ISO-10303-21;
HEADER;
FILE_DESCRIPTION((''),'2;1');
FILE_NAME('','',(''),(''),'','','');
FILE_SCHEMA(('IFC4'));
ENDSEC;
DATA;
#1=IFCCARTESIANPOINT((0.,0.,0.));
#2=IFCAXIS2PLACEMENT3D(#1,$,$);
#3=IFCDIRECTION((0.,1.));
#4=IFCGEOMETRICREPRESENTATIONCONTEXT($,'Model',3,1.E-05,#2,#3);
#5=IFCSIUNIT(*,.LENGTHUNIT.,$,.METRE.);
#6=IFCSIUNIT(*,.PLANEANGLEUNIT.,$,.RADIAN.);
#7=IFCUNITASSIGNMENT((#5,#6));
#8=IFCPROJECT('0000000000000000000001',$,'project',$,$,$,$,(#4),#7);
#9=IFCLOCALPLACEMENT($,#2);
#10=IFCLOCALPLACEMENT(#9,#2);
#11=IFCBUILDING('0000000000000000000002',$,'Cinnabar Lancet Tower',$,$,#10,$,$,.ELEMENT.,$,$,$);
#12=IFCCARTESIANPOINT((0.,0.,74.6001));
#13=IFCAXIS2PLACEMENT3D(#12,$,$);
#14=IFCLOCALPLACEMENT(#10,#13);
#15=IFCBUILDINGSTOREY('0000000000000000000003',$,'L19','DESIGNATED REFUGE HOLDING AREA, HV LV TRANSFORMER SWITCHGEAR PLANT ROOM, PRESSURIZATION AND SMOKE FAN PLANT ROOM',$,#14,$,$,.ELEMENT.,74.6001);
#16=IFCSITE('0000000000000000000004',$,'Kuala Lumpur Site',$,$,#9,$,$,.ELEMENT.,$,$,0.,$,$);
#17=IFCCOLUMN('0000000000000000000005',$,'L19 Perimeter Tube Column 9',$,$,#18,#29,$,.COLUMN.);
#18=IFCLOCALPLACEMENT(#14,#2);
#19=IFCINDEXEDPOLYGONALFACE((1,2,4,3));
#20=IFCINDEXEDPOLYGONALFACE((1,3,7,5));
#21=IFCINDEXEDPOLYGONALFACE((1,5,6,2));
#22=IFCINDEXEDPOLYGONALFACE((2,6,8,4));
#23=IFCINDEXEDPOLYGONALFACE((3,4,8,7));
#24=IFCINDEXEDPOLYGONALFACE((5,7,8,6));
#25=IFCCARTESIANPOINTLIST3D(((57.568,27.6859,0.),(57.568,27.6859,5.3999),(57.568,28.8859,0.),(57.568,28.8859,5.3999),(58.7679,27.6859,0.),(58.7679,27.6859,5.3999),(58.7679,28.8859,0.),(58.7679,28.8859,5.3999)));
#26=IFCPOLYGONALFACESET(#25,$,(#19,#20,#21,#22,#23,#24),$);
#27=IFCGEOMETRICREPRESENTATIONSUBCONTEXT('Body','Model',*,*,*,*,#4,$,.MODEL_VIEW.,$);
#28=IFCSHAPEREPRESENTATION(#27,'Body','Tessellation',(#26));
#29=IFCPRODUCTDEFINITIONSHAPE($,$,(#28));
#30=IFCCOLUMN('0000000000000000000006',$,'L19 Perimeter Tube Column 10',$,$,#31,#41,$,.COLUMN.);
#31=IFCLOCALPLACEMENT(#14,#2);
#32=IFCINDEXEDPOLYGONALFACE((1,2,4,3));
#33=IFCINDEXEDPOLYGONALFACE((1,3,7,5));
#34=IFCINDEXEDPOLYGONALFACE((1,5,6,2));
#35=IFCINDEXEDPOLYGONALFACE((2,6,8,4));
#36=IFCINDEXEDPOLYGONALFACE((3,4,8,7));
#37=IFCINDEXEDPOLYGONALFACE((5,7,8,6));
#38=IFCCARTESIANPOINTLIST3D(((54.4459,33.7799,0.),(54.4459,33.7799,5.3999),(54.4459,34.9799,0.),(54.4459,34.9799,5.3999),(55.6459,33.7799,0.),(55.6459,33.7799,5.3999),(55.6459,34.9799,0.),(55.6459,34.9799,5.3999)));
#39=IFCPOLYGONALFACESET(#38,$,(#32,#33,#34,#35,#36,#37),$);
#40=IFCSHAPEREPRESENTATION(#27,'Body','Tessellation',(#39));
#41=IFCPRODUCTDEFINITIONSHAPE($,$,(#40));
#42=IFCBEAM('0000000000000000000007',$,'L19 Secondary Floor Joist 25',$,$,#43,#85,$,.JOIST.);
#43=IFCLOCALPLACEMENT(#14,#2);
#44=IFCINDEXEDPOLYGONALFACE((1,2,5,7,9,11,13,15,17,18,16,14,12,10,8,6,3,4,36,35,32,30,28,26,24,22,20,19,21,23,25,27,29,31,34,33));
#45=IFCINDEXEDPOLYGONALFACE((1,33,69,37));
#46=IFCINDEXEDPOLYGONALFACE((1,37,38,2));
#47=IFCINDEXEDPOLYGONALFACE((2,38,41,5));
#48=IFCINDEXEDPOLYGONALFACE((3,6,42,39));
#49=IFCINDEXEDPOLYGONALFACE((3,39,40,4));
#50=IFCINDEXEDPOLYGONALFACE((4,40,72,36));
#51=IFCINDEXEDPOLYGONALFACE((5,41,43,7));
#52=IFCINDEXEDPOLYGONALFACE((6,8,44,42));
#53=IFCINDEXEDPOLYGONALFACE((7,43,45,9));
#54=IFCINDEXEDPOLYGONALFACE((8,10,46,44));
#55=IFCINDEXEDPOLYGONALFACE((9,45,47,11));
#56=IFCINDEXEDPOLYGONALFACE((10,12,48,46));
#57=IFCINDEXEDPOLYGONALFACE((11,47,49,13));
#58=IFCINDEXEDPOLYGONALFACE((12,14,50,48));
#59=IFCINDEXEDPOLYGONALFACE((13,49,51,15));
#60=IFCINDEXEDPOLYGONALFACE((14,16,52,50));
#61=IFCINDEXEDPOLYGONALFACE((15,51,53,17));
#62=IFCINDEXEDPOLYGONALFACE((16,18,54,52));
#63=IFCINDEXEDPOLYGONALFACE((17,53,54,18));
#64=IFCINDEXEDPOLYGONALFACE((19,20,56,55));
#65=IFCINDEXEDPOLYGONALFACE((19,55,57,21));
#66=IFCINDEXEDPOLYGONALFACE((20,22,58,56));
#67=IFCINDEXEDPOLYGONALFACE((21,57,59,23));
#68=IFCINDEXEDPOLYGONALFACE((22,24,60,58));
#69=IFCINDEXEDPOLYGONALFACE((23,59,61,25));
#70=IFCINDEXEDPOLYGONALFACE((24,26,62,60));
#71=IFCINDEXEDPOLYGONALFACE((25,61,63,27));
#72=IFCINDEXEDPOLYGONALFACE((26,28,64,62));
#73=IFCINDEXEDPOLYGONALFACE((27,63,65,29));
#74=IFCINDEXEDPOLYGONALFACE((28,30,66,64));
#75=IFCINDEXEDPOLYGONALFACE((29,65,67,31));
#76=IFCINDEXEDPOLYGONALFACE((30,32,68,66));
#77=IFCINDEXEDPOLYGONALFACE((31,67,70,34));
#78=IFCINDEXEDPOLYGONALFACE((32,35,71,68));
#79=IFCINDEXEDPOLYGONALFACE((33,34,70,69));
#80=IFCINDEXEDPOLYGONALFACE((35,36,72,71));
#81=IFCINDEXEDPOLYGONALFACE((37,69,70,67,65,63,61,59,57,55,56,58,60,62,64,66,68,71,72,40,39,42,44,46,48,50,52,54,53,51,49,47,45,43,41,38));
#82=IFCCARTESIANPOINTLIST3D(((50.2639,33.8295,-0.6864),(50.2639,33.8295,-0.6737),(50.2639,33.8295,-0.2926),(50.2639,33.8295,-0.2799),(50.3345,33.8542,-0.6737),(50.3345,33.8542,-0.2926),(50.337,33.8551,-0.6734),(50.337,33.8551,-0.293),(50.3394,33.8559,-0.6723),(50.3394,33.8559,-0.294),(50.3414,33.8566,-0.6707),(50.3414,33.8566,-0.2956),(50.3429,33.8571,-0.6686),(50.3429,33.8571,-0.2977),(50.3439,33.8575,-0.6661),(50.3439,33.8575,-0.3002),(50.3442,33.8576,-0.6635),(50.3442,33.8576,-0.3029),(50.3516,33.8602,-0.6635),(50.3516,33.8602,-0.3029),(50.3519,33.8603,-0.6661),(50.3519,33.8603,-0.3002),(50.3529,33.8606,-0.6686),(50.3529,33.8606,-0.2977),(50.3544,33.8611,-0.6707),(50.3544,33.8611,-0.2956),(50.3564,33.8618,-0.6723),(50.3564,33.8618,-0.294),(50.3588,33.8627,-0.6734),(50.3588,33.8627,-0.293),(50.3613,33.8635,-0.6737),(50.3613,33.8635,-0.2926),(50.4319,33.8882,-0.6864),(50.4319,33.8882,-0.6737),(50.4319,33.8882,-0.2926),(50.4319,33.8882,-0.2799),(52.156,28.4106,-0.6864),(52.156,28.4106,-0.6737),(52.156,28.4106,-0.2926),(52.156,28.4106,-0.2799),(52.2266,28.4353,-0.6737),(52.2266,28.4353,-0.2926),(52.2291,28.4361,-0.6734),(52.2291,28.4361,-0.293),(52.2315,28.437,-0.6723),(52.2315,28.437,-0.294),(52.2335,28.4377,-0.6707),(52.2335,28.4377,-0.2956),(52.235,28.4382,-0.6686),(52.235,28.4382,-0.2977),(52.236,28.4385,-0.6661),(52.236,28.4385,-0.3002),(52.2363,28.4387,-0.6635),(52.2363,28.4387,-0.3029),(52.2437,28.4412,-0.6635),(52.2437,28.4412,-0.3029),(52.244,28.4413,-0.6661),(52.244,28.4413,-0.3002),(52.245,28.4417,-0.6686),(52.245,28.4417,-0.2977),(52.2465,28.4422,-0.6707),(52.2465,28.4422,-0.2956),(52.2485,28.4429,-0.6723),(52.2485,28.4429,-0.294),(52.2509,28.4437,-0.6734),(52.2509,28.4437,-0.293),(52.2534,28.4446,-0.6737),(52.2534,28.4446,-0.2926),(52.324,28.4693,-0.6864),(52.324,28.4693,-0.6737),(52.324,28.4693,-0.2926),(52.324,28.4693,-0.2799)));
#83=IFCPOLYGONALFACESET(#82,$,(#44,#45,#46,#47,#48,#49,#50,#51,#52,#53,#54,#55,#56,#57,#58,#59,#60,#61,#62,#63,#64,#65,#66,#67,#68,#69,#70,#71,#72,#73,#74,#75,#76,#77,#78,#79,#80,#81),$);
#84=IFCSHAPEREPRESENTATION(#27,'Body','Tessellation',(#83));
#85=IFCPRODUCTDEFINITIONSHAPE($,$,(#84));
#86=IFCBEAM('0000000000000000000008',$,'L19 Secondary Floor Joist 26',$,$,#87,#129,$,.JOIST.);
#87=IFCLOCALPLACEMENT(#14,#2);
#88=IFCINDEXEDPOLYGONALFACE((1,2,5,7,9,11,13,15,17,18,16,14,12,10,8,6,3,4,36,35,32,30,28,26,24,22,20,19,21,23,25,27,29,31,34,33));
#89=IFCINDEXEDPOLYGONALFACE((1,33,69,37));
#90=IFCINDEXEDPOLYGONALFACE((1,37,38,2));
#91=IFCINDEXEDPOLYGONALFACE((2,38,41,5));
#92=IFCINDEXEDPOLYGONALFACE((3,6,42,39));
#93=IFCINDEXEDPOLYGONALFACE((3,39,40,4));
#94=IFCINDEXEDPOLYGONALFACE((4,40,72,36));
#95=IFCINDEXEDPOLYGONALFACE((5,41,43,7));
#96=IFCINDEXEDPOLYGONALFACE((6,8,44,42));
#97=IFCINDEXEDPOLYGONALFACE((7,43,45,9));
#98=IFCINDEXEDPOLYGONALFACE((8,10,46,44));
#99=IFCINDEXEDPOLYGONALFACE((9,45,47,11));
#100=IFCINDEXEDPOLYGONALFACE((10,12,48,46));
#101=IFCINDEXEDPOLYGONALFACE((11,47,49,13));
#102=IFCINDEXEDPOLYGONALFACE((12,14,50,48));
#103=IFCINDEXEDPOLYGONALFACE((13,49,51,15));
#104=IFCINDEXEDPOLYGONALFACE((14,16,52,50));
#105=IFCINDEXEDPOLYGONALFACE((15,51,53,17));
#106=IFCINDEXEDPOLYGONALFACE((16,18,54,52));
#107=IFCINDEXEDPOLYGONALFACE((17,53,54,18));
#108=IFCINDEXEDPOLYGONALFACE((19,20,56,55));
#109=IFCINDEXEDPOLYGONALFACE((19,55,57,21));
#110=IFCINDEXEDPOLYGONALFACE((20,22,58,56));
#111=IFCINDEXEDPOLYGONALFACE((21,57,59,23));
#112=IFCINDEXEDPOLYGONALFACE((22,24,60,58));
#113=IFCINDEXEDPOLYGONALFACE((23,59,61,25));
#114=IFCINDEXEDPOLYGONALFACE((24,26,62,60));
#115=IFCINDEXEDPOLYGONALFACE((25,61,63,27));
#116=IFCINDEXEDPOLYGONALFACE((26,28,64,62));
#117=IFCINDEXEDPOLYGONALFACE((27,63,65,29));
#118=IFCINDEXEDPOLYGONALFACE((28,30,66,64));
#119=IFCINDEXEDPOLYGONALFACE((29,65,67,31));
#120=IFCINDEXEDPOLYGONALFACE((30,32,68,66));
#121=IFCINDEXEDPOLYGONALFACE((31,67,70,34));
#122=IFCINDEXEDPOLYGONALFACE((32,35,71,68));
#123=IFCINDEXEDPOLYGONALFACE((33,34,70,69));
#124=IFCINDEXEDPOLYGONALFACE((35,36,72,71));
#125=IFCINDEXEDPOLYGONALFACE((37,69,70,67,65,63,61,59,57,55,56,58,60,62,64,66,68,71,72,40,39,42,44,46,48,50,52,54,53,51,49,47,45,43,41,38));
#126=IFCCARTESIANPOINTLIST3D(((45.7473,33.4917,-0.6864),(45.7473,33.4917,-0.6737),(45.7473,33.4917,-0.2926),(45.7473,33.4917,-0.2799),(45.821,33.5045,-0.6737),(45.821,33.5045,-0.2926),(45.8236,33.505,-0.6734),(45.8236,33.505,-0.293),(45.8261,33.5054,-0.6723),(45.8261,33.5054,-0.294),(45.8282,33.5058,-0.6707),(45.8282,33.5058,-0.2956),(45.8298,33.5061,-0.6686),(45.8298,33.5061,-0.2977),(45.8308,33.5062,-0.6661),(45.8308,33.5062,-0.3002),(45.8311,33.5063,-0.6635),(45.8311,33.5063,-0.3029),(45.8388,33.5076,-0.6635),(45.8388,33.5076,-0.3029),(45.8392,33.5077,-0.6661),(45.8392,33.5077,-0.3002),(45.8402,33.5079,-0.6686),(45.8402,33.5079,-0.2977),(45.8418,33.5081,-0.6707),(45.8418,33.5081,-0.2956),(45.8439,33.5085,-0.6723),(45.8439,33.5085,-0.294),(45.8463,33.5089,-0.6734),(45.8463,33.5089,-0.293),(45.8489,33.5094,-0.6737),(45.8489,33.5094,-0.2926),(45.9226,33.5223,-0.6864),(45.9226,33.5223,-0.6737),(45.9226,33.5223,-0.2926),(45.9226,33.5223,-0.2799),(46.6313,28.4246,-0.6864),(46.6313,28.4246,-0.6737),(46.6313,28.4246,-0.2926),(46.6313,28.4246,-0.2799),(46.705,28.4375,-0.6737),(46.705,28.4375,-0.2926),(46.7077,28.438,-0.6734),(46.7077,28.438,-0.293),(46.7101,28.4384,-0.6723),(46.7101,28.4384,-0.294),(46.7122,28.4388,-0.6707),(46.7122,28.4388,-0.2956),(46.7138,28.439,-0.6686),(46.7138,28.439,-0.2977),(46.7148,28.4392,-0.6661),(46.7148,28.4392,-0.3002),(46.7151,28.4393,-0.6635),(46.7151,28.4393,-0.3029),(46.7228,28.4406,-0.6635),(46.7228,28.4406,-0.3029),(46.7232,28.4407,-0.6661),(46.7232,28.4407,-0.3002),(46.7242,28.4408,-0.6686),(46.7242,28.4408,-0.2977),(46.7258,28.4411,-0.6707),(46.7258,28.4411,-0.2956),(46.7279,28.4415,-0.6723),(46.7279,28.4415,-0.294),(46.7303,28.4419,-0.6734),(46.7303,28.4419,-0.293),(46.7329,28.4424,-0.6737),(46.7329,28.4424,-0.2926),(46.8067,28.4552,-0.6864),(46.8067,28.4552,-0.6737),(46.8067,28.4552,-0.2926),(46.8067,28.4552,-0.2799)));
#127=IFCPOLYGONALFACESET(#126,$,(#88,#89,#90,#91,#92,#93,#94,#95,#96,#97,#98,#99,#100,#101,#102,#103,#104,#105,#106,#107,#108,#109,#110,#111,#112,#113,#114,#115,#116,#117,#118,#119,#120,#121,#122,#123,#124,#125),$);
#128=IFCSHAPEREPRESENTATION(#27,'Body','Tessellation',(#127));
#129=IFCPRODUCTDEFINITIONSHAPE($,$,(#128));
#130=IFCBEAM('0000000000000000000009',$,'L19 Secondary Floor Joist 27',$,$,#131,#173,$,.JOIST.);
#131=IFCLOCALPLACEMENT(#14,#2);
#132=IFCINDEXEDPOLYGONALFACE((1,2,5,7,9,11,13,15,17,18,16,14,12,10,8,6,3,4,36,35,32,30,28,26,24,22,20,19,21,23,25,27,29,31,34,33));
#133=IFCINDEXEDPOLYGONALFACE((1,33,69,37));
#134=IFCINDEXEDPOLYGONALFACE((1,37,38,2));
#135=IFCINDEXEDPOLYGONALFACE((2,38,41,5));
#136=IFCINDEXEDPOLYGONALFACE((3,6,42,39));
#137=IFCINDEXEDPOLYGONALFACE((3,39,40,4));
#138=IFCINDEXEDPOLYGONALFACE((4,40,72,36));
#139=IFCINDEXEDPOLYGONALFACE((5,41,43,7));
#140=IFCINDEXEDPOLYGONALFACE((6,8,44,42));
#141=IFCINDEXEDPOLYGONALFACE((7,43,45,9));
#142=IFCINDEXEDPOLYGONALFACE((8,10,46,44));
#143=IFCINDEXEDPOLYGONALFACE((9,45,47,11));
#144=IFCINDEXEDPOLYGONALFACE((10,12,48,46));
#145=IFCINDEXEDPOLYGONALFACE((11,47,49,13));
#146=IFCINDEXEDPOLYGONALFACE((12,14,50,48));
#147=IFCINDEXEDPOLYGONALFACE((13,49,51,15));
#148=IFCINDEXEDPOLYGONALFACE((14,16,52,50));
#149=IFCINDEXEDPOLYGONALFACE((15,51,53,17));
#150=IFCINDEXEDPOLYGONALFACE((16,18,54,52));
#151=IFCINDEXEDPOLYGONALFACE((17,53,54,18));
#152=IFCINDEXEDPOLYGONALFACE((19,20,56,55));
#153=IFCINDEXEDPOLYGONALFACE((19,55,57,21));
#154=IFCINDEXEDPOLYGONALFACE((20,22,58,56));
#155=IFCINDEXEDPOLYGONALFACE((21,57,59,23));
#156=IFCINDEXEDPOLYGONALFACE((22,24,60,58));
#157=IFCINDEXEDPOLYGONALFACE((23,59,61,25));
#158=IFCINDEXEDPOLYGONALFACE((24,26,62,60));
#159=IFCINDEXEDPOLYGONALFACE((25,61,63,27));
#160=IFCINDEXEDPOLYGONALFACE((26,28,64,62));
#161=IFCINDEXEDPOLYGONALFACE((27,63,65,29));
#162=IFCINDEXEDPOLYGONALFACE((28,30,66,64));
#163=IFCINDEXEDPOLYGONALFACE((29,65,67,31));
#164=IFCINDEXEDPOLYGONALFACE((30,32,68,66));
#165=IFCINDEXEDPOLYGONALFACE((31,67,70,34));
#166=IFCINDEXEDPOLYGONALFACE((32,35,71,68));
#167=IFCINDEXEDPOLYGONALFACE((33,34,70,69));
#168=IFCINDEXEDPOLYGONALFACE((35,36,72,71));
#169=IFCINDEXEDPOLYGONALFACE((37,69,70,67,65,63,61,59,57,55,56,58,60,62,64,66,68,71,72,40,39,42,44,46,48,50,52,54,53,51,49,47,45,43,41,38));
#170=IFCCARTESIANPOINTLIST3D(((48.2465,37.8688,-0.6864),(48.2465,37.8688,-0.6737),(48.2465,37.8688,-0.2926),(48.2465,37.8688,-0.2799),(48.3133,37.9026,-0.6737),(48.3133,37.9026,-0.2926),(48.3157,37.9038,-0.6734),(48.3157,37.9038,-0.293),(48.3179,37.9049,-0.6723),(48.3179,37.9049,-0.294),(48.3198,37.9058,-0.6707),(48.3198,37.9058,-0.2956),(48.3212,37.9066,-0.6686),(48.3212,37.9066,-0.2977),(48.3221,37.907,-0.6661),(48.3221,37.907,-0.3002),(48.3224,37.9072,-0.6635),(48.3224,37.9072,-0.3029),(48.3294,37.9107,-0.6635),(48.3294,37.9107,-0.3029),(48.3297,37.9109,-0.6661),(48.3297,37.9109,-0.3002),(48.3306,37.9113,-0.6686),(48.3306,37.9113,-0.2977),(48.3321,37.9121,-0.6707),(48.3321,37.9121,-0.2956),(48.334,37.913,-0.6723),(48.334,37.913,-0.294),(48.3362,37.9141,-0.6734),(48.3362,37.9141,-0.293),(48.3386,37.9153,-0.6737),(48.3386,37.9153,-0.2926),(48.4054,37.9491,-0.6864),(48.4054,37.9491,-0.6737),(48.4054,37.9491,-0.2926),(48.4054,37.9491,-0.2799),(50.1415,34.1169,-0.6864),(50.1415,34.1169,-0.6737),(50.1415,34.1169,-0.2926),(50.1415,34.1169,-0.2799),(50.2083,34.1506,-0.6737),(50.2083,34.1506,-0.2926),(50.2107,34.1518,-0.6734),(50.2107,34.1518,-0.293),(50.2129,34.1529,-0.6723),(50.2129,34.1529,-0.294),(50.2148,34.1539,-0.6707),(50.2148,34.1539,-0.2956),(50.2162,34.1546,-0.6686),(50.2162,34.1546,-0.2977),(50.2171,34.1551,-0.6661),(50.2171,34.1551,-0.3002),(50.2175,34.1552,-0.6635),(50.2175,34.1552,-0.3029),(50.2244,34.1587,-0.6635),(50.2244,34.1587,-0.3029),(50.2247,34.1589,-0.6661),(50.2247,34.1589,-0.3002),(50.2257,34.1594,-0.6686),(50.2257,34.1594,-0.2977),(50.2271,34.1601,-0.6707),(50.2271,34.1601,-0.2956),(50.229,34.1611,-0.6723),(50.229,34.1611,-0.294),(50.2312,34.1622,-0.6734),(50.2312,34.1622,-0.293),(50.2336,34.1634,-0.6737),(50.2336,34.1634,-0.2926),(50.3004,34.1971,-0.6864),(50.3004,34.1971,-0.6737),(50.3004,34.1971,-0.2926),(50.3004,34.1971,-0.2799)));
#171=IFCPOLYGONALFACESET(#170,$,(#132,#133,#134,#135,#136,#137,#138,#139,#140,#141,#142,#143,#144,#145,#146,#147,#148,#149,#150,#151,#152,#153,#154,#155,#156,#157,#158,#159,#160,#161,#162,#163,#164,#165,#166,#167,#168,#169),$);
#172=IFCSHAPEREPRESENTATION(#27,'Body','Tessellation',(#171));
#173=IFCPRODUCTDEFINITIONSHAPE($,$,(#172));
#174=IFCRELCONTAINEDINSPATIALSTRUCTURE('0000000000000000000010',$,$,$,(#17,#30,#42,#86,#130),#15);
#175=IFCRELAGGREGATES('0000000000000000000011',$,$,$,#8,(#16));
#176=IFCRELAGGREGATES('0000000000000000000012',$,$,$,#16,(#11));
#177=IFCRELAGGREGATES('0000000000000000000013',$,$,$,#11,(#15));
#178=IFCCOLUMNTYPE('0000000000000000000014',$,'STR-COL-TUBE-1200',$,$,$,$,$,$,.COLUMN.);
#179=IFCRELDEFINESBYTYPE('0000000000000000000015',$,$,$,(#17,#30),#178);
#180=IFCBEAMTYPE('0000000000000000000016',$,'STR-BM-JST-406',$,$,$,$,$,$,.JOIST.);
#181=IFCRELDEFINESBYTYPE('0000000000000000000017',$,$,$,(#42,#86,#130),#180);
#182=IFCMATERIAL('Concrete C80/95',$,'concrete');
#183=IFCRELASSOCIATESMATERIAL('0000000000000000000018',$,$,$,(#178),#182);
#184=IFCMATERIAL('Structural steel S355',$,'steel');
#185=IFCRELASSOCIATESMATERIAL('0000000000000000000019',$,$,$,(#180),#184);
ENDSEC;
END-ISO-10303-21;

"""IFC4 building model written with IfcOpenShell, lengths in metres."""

from ifc_helpers import new_model, si_unit, direction, frame, origin, origin_2d, place, context, subcontext, project, spatial, rectangle, i_section, extrude, material, material_profile, profile_set, type_object, element, save


model = new_model("IFC4")

# Units and contexts
model_context = context("Model", 3, precision=1e-05, world=origin(), true_north=direction((0.0, 1.0)))
body_context = subcontext(model_context, "Body", "Model", "MODEL_VIEW")
ifc_project = project(units=[si_unit("LENGTHUNIT", "METRE"), si_unit("PLANEANGLEUNIT", "RADIAN")], contexts=[model_context])

# Site, building, storey
site_placement = place(None, origin())
site = spatial("IfcSite", under=ifc_project, at=site_placement, Name="Kuala Lumpur Site", CompositionType="ELEMENT", RefElevation=0.0)
building_placement = place(site_placement, origin())
building = spatial("IfcBuilding", under=site, at=building_placement, Name="Cinnabar Lancet Tower", CompositionType="ELEMENT")
storey_placement = place(building_placement, frame((0.0, 0.0, 74.6001)))
storey = spatial("IfcBuildingStorey", under=building, at=storey_placement, Name="L19", Description="DESIGNATED REFUGE HOLDING AREA, HV LV TRANSFORMER SWITCHGEAR PLANT ROOM, PRESSURIZATION AND SMOKE FAN PLANT ROOM", CompositionType="ELEMENT", Elevation=74.6001)

# Columns
ifc_material_1 = material(Name="Concrete C80/95", Category="concrete")
ifc_material_profile_1 = material_profile(ifc_material_1, rectangle(XDim=1.2, YDim=1.2, at=origin_2d()), Name="RC-COL 1200x1200")
ifc_profile_set_1 = profile_set([ifc_material_profile_1], Name="Concrete C80/95")
column_type = type_object("IfcColumnType", Name="STR-COL-TUBE-1200", PredefinedType="COLUMN", material=ifc_profile_set_1)
for number, where, z_axis, x_axis, name in (
    (1, (58.168, 28.2859, 0.0), (0.0, 0.0, 1.0), (1.0, 0.0, 0.0), "L19 Perimeter Tube Column 9"),
    (2, (55.0459, 34.3799, 0.0), (0.0, 0.0, 1.0), (1.0, 0.0, 0.0), "L19 Perimeter Tube Column 10"),
):
    element("IfcColumn", number, at=place(storey_placement, frame(where, z_axis=z_axis, x_axis=x_axis)), inside=storey, type_object=column_type, Name=name, PredefinedType="COLUMN", context=body_context, shape_type="SweptSolid", body=[
        extrude(rectangle(XDim=1.2, YDim=1.2, at=origin_2d()), origin(), (0.0, 0.0, 1.0), 5.3999),
    ])

# Beams
ifc_material_2 = material(Name="Structural steel S355", Category="steel")
ifc_material_profile_2 = material_profile(ifc_material_2, i_section(OverallWidth=0.178, OverallDepth=0.4065, WebThickness=0.0078, FlangeThickness=0.0127, FilletRadius=0.0103, at=origin_2d()), Name="UKB 406x178x60")
ifc_profile_set_2 = profile_set([ifc_material_profile_2], Name="Structural steel S355")
beam_type_1 = type_object("IfcBeamType", Name="STR-BM-JST-406", PredefinedType="JOIST", material=ifc_profile_set_2)
beam_1_placement = place(storey_placement, frame((52.24, 28.4399, -0.4832), z_axis=(-0.329646, 0.944105, 0.0), x_axis=(-0.944105, -0.329646, 0.0)))
element("IfcBeam", 3, at=beam_1_placement, inside=storey, type_object=beam_type_1, Name="L19 Secondary Floor Joist 25", PredefinedType="JOIST", context=body_context, shape_type="SweptSolid", body=[
    extrude(i_section(OverallWidth=0.178, OverallDepth=0.4065, WebThickness=0.0078, FlangeThickness=0.0127, FilletRadius=0.0103, at=origin_2d()), origin(), (0.0, 0.0, 1.0), 5.7397),
])
beam_2_placement = place(storey_placement, frame((46.719, 28.4399, -0.4832), z_axis=(-0.171868, 0.98512, 0.0), x_axis=(-0.98512, -0.171868, 0.0)))
element("IfcBeam", 4, at=beam_2_placement, inside=storey, type_object=beam_type_1, Name="L19 Secondary Floor Joist 26", PredefinedType="JOIST", context=body_context, shape_type="SweptSolid", body=[
    extrude(i_section(OverallWidth=0.178, OverallDepth=0.4065, WebThickness=0.0078, FlangeThickness=0.0127, FilletRadius=0.0103, at=origin_2d()), origin(), (0.0, 0.0, 1.0), 5.1436),
])
beam_3_placement = place(storey_placement, frame((50.2209, 34.157, -0.4832), z_axis=(-0.450834, 0.892608, 0.0), x_axis=(-0.892608, -0.450834, 0.0)))
element("IfcBeam", 5, at=beam_3_placement, inside=storey, type_object=beam_type_1, Name="L19 Secondary Floor Joist 27", PredefinedType="JOIST", context=body_context, shape_type="SweptSolid", body=[
    extrude(i_section(OverallWidth=0.178, OverallDepth=0.4065, WebThickness=0.0078, FlangeThickness=0.0127, FilletRadius=0.0103, at=origin_2d()), origin(), (0.0, 0.0, 1.0), 4.2034),
])

save(model, "model.ifc")
